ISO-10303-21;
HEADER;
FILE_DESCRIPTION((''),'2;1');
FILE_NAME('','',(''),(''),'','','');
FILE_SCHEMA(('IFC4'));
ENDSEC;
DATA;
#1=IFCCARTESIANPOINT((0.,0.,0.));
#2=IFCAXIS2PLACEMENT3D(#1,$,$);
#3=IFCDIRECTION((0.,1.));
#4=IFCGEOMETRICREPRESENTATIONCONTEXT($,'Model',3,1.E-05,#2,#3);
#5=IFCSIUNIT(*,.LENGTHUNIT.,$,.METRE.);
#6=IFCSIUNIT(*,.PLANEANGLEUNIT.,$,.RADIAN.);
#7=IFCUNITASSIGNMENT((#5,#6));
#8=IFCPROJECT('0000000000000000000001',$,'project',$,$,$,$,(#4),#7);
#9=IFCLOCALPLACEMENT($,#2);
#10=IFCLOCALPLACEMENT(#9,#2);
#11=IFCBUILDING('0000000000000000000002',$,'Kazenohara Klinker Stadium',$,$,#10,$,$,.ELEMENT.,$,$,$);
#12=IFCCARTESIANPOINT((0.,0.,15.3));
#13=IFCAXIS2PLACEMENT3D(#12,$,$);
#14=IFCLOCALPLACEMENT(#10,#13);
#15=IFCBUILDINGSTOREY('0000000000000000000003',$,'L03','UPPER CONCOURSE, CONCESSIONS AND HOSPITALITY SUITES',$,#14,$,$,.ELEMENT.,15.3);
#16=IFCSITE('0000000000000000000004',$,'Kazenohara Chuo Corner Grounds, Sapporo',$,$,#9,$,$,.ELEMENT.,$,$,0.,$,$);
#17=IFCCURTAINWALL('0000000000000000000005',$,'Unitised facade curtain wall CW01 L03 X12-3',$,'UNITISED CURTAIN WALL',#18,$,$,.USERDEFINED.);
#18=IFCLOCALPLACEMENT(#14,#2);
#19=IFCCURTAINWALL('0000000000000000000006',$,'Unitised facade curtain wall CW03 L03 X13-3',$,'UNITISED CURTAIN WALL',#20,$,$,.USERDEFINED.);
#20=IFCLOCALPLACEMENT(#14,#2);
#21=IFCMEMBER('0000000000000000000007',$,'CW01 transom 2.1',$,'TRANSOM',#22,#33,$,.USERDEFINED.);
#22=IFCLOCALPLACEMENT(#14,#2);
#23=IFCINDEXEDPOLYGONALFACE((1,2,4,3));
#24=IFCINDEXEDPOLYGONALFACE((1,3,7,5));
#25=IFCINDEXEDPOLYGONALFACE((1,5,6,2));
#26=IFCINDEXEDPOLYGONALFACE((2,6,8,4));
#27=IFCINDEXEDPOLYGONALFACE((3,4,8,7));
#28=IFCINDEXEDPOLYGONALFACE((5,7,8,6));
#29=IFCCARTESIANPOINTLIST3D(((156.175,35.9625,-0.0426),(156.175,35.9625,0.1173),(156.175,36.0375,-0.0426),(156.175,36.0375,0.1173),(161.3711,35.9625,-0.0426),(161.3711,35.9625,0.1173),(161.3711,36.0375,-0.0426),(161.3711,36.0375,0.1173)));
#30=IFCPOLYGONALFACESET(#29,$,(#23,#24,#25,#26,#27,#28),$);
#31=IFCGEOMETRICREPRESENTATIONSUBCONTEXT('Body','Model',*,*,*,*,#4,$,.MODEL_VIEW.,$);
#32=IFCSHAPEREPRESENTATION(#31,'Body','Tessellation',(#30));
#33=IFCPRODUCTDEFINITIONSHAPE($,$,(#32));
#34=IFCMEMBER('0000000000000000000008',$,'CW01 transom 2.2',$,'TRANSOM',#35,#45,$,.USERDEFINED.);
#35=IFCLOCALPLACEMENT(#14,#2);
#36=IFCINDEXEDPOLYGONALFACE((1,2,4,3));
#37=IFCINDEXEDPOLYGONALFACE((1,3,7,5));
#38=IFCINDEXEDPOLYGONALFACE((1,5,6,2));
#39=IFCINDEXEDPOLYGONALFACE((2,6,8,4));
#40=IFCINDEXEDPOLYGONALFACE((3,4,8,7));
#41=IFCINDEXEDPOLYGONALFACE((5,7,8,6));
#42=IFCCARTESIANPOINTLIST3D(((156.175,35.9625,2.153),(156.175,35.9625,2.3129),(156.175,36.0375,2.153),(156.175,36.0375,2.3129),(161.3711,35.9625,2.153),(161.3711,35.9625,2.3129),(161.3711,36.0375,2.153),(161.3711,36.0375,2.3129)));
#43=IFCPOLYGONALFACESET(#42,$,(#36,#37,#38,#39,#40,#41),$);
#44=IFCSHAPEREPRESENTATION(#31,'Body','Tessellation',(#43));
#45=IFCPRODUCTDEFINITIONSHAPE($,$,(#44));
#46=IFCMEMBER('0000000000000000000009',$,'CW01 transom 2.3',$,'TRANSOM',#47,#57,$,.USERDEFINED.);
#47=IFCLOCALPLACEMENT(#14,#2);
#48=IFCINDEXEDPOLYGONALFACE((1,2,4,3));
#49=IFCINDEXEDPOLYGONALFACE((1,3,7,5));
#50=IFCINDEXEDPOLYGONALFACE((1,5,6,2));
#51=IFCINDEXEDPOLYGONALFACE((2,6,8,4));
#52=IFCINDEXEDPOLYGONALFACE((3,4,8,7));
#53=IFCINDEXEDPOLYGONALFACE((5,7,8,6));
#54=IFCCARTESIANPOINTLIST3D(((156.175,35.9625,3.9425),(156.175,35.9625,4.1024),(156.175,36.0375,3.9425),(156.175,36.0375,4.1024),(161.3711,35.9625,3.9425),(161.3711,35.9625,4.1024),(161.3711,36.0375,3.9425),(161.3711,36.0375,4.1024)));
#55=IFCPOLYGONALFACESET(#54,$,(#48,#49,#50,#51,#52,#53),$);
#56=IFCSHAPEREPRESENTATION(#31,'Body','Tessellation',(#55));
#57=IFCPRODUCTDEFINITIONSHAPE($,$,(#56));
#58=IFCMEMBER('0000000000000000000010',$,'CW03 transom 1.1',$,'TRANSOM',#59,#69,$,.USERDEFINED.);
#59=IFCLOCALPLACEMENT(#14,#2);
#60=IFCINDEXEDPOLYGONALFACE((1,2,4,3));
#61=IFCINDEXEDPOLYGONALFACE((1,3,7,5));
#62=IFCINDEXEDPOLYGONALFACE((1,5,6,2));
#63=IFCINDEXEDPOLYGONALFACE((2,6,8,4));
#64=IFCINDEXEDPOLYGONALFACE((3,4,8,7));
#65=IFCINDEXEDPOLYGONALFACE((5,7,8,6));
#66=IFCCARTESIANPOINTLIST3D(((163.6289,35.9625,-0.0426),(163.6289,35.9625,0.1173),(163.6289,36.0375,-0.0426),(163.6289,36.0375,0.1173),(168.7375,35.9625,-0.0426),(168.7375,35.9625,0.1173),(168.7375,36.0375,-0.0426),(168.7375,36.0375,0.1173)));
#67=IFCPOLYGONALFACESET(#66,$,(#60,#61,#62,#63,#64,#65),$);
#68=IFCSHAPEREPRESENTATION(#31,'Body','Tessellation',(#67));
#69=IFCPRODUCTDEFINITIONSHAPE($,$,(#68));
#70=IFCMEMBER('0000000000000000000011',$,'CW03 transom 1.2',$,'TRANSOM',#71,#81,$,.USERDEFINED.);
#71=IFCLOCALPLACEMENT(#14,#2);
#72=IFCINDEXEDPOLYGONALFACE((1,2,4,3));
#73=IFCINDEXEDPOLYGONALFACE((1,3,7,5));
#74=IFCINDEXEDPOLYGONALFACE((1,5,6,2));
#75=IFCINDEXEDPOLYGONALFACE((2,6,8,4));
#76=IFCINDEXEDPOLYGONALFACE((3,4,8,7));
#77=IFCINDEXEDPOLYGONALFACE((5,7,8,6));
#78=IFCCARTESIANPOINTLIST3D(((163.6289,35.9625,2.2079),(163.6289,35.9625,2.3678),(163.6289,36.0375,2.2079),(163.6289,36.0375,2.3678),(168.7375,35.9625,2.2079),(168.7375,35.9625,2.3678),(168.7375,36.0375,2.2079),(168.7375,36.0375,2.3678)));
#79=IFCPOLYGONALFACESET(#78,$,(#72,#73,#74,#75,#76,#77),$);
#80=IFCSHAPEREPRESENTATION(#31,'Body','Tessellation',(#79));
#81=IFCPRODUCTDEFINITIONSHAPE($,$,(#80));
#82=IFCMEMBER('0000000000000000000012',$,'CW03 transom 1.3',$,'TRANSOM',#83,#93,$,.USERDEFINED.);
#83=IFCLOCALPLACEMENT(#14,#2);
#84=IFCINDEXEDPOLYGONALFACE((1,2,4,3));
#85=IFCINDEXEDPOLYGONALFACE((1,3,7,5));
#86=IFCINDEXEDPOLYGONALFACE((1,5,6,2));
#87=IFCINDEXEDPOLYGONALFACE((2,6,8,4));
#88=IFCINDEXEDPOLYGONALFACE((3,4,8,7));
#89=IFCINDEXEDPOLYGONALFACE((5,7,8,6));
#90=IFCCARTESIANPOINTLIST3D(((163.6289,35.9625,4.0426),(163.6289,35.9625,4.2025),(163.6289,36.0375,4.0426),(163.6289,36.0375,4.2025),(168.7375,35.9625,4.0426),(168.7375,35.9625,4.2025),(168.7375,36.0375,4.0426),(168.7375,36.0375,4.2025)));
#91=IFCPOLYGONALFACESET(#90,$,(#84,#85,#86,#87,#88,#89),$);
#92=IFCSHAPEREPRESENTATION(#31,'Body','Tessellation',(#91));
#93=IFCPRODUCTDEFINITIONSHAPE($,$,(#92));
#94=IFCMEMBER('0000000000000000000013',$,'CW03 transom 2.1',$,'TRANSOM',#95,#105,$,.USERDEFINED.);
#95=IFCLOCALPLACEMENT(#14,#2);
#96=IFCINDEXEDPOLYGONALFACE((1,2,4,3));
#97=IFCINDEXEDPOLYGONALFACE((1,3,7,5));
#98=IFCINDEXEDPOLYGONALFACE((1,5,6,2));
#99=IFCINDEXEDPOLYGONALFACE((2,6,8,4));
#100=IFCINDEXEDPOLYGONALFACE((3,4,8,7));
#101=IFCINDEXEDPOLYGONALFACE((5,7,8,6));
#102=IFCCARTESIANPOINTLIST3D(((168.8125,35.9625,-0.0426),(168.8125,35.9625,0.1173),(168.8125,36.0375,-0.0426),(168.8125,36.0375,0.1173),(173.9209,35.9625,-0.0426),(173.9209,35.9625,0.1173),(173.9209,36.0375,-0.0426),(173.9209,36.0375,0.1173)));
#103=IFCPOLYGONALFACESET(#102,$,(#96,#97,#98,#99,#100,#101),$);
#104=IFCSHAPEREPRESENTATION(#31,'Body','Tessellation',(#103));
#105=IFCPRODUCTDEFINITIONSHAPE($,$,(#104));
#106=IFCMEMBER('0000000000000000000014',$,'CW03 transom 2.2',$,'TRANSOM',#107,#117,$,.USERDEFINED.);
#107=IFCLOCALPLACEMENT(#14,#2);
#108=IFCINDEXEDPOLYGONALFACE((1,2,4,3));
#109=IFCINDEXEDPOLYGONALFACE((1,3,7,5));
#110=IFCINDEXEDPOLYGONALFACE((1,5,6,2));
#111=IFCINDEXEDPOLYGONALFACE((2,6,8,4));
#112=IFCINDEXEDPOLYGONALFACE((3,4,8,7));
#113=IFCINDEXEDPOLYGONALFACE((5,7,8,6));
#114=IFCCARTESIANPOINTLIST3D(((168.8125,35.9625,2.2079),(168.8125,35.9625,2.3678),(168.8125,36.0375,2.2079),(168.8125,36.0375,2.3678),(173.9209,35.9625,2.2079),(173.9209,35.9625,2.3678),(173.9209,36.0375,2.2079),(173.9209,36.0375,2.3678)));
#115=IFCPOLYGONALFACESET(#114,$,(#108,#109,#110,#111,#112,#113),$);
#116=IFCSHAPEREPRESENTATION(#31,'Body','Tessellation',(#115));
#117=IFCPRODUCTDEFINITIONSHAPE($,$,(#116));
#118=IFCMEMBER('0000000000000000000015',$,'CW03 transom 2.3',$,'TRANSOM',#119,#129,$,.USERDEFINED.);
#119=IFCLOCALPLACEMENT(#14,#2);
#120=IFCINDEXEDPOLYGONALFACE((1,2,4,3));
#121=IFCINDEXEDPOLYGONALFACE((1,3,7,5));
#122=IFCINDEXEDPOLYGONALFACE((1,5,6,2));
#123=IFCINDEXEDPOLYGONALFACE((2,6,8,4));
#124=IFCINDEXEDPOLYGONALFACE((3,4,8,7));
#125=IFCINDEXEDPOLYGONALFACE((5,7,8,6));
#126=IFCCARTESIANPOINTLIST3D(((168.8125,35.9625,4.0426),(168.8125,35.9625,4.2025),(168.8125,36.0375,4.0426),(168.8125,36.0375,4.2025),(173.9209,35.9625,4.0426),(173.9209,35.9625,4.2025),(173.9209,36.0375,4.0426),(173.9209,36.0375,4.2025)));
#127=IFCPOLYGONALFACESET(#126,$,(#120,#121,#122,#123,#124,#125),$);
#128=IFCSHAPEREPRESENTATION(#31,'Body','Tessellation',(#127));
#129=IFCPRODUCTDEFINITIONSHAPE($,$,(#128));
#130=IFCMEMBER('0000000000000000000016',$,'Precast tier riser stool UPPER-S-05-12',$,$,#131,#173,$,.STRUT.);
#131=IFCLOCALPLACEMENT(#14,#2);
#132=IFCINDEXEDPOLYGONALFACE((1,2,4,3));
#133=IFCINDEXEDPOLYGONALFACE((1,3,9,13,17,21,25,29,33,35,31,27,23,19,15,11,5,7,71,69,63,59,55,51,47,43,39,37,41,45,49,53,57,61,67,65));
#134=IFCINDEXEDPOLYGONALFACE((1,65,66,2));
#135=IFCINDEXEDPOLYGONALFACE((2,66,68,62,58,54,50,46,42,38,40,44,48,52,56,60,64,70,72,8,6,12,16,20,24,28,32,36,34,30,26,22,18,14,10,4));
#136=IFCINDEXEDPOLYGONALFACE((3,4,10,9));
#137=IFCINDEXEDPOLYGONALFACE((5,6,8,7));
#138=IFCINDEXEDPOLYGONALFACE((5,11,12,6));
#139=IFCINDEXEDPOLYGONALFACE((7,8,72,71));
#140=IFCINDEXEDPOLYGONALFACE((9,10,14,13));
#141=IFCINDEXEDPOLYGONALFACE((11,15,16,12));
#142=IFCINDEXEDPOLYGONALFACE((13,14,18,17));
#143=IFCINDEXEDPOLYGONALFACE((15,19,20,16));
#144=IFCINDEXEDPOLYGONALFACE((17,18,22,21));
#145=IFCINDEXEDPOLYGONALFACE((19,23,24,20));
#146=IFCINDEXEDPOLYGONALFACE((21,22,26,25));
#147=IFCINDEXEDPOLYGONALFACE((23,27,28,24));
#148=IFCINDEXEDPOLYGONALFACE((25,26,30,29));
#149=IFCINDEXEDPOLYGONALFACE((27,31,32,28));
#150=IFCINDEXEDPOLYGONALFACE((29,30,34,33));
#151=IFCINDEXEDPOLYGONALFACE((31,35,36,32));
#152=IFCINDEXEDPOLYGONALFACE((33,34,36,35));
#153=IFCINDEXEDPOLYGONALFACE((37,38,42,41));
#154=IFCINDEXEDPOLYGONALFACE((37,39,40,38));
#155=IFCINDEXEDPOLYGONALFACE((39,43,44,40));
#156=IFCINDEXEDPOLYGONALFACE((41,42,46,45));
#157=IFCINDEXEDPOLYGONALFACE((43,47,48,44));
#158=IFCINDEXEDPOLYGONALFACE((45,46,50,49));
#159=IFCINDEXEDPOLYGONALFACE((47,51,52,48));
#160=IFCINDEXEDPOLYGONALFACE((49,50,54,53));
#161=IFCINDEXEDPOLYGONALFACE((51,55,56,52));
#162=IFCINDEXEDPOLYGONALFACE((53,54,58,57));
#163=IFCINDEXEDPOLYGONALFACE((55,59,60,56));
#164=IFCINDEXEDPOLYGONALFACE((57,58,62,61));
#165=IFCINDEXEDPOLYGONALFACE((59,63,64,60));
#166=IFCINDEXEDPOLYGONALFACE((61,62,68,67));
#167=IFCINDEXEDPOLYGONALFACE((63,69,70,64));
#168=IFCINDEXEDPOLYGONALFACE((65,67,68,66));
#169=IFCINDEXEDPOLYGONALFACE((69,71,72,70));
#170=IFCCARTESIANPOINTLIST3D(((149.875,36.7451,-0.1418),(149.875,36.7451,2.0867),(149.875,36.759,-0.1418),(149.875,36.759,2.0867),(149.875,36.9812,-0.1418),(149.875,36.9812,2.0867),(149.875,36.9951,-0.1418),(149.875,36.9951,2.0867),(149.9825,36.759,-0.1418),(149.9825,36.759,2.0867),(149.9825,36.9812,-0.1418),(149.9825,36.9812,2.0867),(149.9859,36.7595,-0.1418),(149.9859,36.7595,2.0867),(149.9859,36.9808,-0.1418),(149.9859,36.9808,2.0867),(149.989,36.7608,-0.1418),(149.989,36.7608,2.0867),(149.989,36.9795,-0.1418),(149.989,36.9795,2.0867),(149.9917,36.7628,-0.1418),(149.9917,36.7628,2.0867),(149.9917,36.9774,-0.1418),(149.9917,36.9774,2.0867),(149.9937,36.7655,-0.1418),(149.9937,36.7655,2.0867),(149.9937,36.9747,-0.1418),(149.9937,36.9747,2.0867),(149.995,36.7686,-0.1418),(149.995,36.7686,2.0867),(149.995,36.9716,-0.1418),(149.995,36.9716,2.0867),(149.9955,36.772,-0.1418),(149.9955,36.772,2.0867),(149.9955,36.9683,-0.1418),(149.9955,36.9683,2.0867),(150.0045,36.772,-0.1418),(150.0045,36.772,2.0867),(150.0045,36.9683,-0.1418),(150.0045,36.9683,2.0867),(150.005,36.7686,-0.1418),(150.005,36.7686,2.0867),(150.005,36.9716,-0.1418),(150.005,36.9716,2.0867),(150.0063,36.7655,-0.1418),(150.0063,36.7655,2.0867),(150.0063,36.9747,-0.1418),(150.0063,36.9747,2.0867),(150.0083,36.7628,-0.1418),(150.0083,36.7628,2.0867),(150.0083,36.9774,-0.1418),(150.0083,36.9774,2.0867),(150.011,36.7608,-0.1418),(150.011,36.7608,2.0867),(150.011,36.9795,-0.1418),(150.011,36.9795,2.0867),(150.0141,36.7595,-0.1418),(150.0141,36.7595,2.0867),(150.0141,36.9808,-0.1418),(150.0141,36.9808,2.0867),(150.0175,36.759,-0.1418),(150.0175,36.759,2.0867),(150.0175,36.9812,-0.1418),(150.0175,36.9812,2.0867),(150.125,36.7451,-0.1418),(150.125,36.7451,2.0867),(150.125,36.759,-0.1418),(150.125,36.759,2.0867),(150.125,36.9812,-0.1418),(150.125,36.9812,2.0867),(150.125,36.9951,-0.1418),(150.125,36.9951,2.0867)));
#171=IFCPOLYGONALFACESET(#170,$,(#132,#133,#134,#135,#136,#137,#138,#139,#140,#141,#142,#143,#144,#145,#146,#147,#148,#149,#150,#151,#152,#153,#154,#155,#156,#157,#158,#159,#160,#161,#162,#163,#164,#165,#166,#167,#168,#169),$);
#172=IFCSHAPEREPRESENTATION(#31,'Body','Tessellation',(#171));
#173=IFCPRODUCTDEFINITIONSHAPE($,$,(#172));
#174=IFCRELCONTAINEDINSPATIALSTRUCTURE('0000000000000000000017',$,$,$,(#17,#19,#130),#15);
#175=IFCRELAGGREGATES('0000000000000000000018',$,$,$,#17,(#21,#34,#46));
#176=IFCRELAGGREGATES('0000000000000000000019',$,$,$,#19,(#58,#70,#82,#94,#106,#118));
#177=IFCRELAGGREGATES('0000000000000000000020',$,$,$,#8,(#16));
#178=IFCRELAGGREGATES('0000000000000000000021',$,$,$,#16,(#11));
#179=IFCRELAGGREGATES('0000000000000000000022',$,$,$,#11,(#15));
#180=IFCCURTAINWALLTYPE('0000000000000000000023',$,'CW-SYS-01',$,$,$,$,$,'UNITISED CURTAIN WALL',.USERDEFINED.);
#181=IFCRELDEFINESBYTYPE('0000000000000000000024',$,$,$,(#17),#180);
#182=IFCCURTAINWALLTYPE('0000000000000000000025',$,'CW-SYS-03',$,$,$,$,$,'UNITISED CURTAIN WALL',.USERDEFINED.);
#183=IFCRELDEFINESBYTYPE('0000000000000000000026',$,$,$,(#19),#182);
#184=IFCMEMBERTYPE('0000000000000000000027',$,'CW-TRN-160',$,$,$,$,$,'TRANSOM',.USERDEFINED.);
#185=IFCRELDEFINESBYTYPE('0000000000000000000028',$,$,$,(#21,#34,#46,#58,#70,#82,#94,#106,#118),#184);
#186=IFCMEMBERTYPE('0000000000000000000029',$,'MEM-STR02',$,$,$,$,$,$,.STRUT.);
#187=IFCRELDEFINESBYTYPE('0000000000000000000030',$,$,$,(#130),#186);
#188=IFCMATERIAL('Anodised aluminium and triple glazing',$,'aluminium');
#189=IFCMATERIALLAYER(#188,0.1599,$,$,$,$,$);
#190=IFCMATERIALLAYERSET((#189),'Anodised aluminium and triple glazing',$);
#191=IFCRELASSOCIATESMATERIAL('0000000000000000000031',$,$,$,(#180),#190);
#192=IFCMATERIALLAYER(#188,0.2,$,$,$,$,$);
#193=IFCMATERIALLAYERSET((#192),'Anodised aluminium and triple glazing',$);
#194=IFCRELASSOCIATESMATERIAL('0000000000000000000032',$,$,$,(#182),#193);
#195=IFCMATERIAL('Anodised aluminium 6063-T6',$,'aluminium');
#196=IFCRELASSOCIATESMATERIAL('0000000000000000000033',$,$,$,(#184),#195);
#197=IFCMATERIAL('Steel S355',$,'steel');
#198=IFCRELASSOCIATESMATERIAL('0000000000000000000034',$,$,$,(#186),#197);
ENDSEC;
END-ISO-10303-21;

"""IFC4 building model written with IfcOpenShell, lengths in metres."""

from ifc_helpers import new_model, si_unit, direction, frame, origin, origin_2d, place, context, subcontext, project, spatial, rectangle, i_section, extrude, material, layer, layer_set, material_profile, profile_set, type_object, element, aggregate, save


model = new_model("IFC4")

# Units and contexts
model_context = context("Model", 3, precision=1e-05, world=origin(), true_north=direction((0.0, 1.0)))
body_context = subcontext(model_context, "Body", "Model", "MODEL_VIEW")
ifc_project = project(units=[si_unit("LENGTHUNIT", "METRE"), si_unit("PLANEANGLEUNIT", "RADIAN")], contexts=[model_context])

# Site, building, storey
site_placement = place(None, origin())
site = spatial("IfcSite", under=ifc_project, at=site_placement, Name="Kazenohara Chuo Corner Grounds, Sapporo", CompositionType="ELEMENT", RefElevation=0.0)
building_placement = place(site_placement, origin())
building = spatial("IfcBuilding", under=site, at=building_placement, Name="Kazenohara Klinker Stadium", CompositionType="ELEMENT")
storey_placement = place(building_placement, frame((0.0, 0.0, 15.3)))
storey = spatial("IfcBuildingStorey", under=building, at=storey_placement, Name="L03", Description="UPPER CONCOURSE, CONCESSIONS AND HOSPITALITY SUITES", CompositionType="ELEMENT", Elevation=15.3)

# Shared definitions
ifc_material_1 = material(Name="Steel S355", Category="steel")

# Curtain walls
ifc_material_2 = material(Name="Anodised aluminium and triple glazing", Category="aluminium")
ifc_layer_1 = layer(ifc_material_2, 0.1599)
ifc_layer_set_1 = layer_set([ifc_layer_1], Name="Anodised aluminium and triple glazing")
curtain_wall_type_1 = type_object("IfcCurtainWallType", Name="CW-SYS-01", ElementType="UNITISED CURTAIN WALL", PredefinedType="USERDEFINED", material=ifc_layer_set_1)
curtain_wall_1_placement = place(storey_placement, origin())
curtain_wall_1 = element("IfcCurtainWall", 1, at=curtain_wall_1_placement, inside=storey, type_object=curtain_wall_type_1, Name="Unitised facade curtain wall CW01 L03 X12-3", ObjectType="UNITISED CURTAIN WALL", PredefinedType="USERDEFINED")
ifc_material_3 = material(Name="Anodised aluminium 6063-T6", Category="aluminium")
ifc_layer_2 = layer(ifc_material_2, 0.2)
ifc_layer_set_2 = layer_set([ifc_layer_2], Name="Anodised aluminium and triple glazing")
curtain_wall_type_2 = type_object("IfcCurtainWallType", Name="CW-SYS-03", ElementType="UNITISED CURTAIN WALL", PredefinedType="USERDEFINED", material=ifc_layer_set_2)
curtain_wall_2_placement = place(storey_placement, origin())
curtain_wall_2 = element("IfcCurtainWall", 2, at=curtain_wall_2_placement, inside=storey, type_object=curtain_wall_type_2, Name="Unitised facade curtain wall CW03 L03 X13-3", ObjectType="UNITISED CURTAIN WALL", PredefinedType="USERDEFINED")

# Members
ifc_material_profile_1 = material_profile(ifc_material_3, rectangle(XDim=0.075, YDim=0.1599, at=origin_2d()), Name="ALU-TRN-75x160")
ifc_profile_set_1 = profile_set([ifc_material_profile_1], Name="Anodised aluminium 6063-T6")
member_type_1 = type_object("IfcMemberType", Name="CW-TRN-160", ElementType="TRANSOM", PredefinedType="USERDEFINED", material=ifc_profile_set_1)
member_1_placement = place(storey_placement, frame((156.175, 36.0, 0.0374), z_axis=(1.0, 0.0, 0.0), x_axis=(0.0, 1.0, 0.0)))
member_1 = element("IfcMember", 3, at=member_1_placement, type_object=member_type_1, Name="CW01 transom 2.1", ObjectType="TRANSOM", PredefinedType="USERDEFINED", context=body_context, shape_type="SweptSolid", body=[
    extrude(rectangle(XDim=0.075, YDim=0.1599, at=origin_2d()), origin(), (0.0, 0.0, 1.0), 5.196),
])
member_2_placement = place(storey_placement, frame((156.175, 36.0, 2.2329), z_axis=(1.0, 0.0, 0.0), x_axis=(0.0, 1.0, 0.0)))
member_2 = element("IfcMember", 4, at=member_2_placement, type_object=member_type_1, Name="CW01 transom 2.2", ObjectType="TRANSOM", PredefinedType="USERDEFINED", context=body_context, shape_type="SweptSolid", body=[
    extrude(rectangle(XDim=0.075, YDim=0.1599, at=origin_2d()), origin(), (0.0, 0.0, 1.0), 5.196),
])
member_3_placement = place(storey_placement, frame((156.175, 36.0, 4.0225), z_axis=(1.0, 0.0, 0.0), x_axis=(0.0, 1.0, 0.0)))
member_3 = element("IfcMember", 5, at=member_3_placement, type_object=member_type_1, Name="CW01 transom 2.3", ObjectType="TRANSOM", PredefinedType="USERDEFINED", context=body_context, shape_type="SweptSolid", body=[
    extrude(rectangle(XDim=0.075, YDim=0.1599, at=origin_2d()), origin(), (0.0, 0.0, 1.0), 5.196),
])
member_4_placement = place(storey_placement, frame((163.6289, 36.0, 0.0374), z_axis=(1.0, 0.0, 0.0), x_axis=(0.0, 1.0, 0.0)))
member_4 = element("IfcMember", 6, at=member_4_placement, type_object=member_type_1, Name="CW03 transom 1.1", ObjectType="TRANSOM", PredefinedType="USERDEFINED", context=body_context, shape_type="SweptSolid", body=[
    extrude(rectangle(XDim=0.075, YDim=0.1599, at=origin_2d()), origin(), (0.0, 0.0, 1.0), 5.1086),
])
member_5_placement = place(storey_placement, frame((163.6289, 36.0, 2.2878), z_axis=(1.0, 0.0, 0.0), x_axis=(0.0, 1.0, 0.0)))
member_5 = element("IfcMember", 7, at=member_5_placement, type_object=member_type_1, Name="CW03 transom 1.2", ObjectType="TRANSOM", PredefinedType="USERDEFINED", context=body_context, shape_type="SweptSolid", body=[
    extrude(rectangle(XDim=0.075, YDim=0.1599, at=origin_2d()), origin(), (0.0, 0.0, 1.0), 5.1086),
])
member_6_placement = place(storey_placement, frame((163.6289, 36.0, 4.1226), z_axis=(1.0, 0.0, 0.0), x_axis=(0.0, 1.0, 0.0)))
member_6 = element("IfcMember", 8, at=member_6_placement, type_object=member_type_1, Name="CW03 transom 1.3", ObjectType="TRANSOM", PredefinedType="USERDEFINED", context=body_context, shape_type="SweptSolid", body=[
    extrude(rectangle(XDim=0.075, YDim=0.1599, at=origin_2d()), origin(), (0.0, 0.0, 1.0), 5.1086),
])
member_7_placement = place(storey_placement, frame((168.8125, 36.0, 0.0374), z_axis=(1.0, 0.0, 0.0), x_axis=(0.0, 1.0, 0.0)))
member_7 = element("IfcMember", 9, at=member_7_placement, type_object=member_type_1, Name="CW03 transom 2.1", ObjectType="TRANSOM", PredefinedType="USERDEFINED", context=body_context, shape_type="SweptSolid", body=[
    extrude(rectangle(XDim=0.075, YDim=0.1599, at=origin_2d()), origin(), (0.0, 0.0, 1.0), 5.1084),
])
member_8_placement = place(storey_placement, frame((168.8125, 36.0, 2.2878), z_axis=(1.0, 0.0, 0.0), x_axis=(0.0, 1.0, 0.0)))
member_8 = element("IfcMember", 10, at=member_8_placement, type_object=member_type_1, Name="CW03 transom 2.2", ObjectType="TRANSOM", PredefinedType="USERDEFINED", context=body_context, shape_type="SweptSolid", body=[
    extrude(rectangle(XDim=0.075, YDim=0.1599, at=origin_2d()), origin(), (0.0, 0.0, 1.0), 5.1084),
])
member_9_placement = place(storey_placement, frame((168.8125, 36.0, 4.1226), z_axis=(1.0, 0.0, 0.0), x_axis=(0.0, 1.0, 0.0)))
member_9 = element("IfcMember", 11, at=member_9_placement, type_object=member_type_1, Name="CW03 transom 2.3", ObjectType="TRANSOM", PredefinedType="USERDEFINED", context=body_context, shape_type="SweptSolid", body=[
    extrude(rectangle(XDim=0.075, YDim=0.1599, at=origin_2d()), origin(), (0.0, 0.0, 1.0), 5.1084),
])

# Member
ifc_material_profile_2 = material_profile(ifc_material_1, i_section(OverallWidth=0.25, OverallDepth=0.25, WebThickness=0.009, FlangeThickness=0.0139, FilletRadius=0.0129, at=origin_2d()), Name="H-250x250x9x14")
ifc_profile_set_2 = profile_set([ifc_material_profile_2], Name="Steel S355")
member_type_2 = type_object("IfcMemberType", Name="MEM-STR02", PredefinedType="STRUT", material=ifc_profile_set_2)
member_10_placement = place(storey_placement, frame((150.0, 36.8701, -0.1418), z_axis=(0.0, 0.0, 1.0), x_axis=(1.0, 0.0, 0.0)))
element("IfcMember", 12, at=member_10_placement, inside=storey, type_object=member_type_2, Name="Precast tier riser stool UPPER-S-05-12", PredefinedType="STRUT", context=body_context, shape_type="SweptSolid", body=[
    extrude(i_section(OverallWidth=0.25, OverallDepth=0.25, WebThickness=0.009, FlangeThickness=0.0139, FilletRadius=0.0129, at=origin_2d()), origin(), (0.0, 0.0, 1.0), 2.2285),
])

aggregate(curtain_wall_1, [member_1, member_2, member_3])
aggregate(curtain_wall_2, [member_4, member_5, member_6, member_7, member_8, member_9])

save(model, "model.ifc")
